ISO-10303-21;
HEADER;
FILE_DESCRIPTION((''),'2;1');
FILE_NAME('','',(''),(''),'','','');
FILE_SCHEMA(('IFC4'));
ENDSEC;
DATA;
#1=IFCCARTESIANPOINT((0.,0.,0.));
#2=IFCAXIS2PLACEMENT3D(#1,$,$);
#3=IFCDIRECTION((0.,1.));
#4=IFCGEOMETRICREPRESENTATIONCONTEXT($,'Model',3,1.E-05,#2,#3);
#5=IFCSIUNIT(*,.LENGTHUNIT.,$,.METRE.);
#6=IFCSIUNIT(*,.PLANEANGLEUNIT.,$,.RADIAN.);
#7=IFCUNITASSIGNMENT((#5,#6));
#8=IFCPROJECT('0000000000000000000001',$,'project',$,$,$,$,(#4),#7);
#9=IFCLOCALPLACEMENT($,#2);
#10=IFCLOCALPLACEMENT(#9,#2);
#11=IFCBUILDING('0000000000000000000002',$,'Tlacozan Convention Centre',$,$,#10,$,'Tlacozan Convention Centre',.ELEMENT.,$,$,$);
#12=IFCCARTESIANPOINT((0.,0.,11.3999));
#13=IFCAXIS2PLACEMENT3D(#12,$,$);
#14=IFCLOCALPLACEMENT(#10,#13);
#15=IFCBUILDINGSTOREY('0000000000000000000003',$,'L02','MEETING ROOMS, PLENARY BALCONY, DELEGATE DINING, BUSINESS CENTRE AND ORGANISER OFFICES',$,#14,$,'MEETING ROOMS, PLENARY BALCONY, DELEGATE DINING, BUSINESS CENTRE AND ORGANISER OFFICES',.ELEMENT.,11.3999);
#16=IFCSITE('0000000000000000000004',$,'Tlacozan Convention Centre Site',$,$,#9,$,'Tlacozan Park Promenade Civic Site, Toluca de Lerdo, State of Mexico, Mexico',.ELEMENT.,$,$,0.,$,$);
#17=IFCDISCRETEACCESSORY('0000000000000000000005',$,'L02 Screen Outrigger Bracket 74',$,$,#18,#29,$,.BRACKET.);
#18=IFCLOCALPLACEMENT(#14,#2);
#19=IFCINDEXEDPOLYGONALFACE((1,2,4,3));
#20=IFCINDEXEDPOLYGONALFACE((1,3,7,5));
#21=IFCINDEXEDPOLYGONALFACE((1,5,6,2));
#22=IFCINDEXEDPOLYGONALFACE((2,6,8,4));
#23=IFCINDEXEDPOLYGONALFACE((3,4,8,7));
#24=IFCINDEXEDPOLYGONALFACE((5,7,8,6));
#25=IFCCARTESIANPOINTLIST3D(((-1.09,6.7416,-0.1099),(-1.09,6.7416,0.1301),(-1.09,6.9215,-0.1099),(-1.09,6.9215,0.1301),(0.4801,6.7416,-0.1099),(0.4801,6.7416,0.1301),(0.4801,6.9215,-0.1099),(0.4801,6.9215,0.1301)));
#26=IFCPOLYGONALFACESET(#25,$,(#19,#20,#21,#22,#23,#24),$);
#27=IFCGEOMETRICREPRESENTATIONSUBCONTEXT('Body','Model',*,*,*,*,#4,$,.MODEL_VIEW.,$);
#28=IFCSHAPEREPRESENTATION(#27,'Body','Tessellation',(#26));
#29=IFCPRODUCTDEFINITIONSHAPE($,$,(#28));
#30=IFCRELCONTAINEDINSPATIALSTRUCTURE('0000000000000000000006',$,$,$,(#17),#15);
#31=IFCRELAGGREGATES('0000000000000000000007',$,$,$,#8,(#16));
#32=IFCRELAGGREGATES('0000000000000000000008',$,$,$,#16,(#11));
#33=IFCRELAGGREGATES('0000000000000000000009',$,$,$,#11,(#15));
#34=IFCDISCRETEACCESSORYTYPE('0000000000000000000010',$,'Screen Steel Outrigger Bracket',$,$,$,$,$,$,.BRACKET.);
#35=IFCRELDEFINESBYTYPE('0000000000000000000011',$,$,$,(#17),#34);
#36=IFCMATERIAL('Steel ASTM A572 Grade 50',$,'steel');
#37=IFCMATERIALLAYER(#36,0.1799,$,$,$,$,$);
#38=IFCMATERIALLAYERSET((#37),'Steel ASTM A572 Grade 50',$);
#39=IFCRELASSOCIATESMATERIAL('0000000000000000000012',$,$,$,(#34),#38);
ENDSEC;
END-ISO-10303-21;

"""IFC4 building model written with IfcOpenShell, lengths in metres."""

from ifc_helpers import new_model, si_unit, direction, frame, origin, origin_2d, place, context, subcontext, project, spatial, rectangle, extrude, material, layer, layer_set, type_object, element, save


model = new_model("IFC4")

# Units and contexts
model_context = context("Model", 3, precision=1e-05, world=origin(), true_north=direction((0.0, 1.0)))
body_context = subcontext(model_context, "Body", "Model", "MODEL_VIEW")
ifc_project = project(units=[si_unit("LENGTHUNIT", "METRE"), si_unit("PLANEANGLEUNIT", "RADIAN")], contexts=[model_context])

# Site, building, storey
site_placement = place(None, origin())
site = spatial("IfcSite", under=ifc_project, at=site_placement, Name="Tlacozan Convention Centre Site", LongName="Tlacozan Park Promenade Civic Site, Toluca de Lerdo, State of Mexico, Mexico", CompositionType="ELEMENT", RefElevation=0.0)
building_placement = place(site_placement, origin())
building = spatial("IfcBuilding", under=site, at=building_placement, Name="Tlacozan Convention Centre", LongName="Tlacozan Convention Centre", CompositionType="ELEMENT")
storey_placement = place(building_placement, frame((0.0, 0.0, 11.3999)))
storey = spatial("IfcBuildingStorey", under=building, at=storey_placement, Name="L02", Description="MEETING ROOMS, PLENARY BALCONY, DELEGATE DINING, BUSINESS CENTRE AND ORGANISER OFFICES", LongName="MEETING ROOMS, PLENARY BALCONY, DELEGATE DINING, BUSINESS CENTRE AND ORGANISER OFFICES", CompositionType="ELEMENT", Elevation=11.3999)

# Discrete accessory
ifc_material_1 = material(Name="Steel ASTM A572 Grade 50", Category="steel")
ifc_layer_1 = layer(ifc_material_1, 0.1799)
ifc_layer_set_1 = layer_set([ifc_layer_1], Name="Steel ASTM A572 Grade 50")
discrete_accessory_type = type_object("IfcDiscreteAccessoryType", Name="Screen Steel Outrigger Bracket", PredefinedType="BRACKET", material=ifc_layer_set_1)
discrete_accessory_placement = place(storey_placement, frame((-0.3049, 6.8315, -0.1099), z_axis=(0.0, 0.0, 1.0), x_axis=(1.0, 0.0, 0.0)))
element("IfcDiscreteAccessory", 1, at=discrete_accessory_placement, inside=storey, type_object=discrete_accessory_type, Name="L02 Screen Outrigger Bracket 74", PredefinedType="BRACKET", context=body_context, shape_type="SweptSolid", body=[
    extrude(rectangle(XDim=1.5701, YDim=0.1799, at=origin_2d()), origin(), (0.0, 0.0, 1.0), 0.24),
])

save(model, "model.ifc")
